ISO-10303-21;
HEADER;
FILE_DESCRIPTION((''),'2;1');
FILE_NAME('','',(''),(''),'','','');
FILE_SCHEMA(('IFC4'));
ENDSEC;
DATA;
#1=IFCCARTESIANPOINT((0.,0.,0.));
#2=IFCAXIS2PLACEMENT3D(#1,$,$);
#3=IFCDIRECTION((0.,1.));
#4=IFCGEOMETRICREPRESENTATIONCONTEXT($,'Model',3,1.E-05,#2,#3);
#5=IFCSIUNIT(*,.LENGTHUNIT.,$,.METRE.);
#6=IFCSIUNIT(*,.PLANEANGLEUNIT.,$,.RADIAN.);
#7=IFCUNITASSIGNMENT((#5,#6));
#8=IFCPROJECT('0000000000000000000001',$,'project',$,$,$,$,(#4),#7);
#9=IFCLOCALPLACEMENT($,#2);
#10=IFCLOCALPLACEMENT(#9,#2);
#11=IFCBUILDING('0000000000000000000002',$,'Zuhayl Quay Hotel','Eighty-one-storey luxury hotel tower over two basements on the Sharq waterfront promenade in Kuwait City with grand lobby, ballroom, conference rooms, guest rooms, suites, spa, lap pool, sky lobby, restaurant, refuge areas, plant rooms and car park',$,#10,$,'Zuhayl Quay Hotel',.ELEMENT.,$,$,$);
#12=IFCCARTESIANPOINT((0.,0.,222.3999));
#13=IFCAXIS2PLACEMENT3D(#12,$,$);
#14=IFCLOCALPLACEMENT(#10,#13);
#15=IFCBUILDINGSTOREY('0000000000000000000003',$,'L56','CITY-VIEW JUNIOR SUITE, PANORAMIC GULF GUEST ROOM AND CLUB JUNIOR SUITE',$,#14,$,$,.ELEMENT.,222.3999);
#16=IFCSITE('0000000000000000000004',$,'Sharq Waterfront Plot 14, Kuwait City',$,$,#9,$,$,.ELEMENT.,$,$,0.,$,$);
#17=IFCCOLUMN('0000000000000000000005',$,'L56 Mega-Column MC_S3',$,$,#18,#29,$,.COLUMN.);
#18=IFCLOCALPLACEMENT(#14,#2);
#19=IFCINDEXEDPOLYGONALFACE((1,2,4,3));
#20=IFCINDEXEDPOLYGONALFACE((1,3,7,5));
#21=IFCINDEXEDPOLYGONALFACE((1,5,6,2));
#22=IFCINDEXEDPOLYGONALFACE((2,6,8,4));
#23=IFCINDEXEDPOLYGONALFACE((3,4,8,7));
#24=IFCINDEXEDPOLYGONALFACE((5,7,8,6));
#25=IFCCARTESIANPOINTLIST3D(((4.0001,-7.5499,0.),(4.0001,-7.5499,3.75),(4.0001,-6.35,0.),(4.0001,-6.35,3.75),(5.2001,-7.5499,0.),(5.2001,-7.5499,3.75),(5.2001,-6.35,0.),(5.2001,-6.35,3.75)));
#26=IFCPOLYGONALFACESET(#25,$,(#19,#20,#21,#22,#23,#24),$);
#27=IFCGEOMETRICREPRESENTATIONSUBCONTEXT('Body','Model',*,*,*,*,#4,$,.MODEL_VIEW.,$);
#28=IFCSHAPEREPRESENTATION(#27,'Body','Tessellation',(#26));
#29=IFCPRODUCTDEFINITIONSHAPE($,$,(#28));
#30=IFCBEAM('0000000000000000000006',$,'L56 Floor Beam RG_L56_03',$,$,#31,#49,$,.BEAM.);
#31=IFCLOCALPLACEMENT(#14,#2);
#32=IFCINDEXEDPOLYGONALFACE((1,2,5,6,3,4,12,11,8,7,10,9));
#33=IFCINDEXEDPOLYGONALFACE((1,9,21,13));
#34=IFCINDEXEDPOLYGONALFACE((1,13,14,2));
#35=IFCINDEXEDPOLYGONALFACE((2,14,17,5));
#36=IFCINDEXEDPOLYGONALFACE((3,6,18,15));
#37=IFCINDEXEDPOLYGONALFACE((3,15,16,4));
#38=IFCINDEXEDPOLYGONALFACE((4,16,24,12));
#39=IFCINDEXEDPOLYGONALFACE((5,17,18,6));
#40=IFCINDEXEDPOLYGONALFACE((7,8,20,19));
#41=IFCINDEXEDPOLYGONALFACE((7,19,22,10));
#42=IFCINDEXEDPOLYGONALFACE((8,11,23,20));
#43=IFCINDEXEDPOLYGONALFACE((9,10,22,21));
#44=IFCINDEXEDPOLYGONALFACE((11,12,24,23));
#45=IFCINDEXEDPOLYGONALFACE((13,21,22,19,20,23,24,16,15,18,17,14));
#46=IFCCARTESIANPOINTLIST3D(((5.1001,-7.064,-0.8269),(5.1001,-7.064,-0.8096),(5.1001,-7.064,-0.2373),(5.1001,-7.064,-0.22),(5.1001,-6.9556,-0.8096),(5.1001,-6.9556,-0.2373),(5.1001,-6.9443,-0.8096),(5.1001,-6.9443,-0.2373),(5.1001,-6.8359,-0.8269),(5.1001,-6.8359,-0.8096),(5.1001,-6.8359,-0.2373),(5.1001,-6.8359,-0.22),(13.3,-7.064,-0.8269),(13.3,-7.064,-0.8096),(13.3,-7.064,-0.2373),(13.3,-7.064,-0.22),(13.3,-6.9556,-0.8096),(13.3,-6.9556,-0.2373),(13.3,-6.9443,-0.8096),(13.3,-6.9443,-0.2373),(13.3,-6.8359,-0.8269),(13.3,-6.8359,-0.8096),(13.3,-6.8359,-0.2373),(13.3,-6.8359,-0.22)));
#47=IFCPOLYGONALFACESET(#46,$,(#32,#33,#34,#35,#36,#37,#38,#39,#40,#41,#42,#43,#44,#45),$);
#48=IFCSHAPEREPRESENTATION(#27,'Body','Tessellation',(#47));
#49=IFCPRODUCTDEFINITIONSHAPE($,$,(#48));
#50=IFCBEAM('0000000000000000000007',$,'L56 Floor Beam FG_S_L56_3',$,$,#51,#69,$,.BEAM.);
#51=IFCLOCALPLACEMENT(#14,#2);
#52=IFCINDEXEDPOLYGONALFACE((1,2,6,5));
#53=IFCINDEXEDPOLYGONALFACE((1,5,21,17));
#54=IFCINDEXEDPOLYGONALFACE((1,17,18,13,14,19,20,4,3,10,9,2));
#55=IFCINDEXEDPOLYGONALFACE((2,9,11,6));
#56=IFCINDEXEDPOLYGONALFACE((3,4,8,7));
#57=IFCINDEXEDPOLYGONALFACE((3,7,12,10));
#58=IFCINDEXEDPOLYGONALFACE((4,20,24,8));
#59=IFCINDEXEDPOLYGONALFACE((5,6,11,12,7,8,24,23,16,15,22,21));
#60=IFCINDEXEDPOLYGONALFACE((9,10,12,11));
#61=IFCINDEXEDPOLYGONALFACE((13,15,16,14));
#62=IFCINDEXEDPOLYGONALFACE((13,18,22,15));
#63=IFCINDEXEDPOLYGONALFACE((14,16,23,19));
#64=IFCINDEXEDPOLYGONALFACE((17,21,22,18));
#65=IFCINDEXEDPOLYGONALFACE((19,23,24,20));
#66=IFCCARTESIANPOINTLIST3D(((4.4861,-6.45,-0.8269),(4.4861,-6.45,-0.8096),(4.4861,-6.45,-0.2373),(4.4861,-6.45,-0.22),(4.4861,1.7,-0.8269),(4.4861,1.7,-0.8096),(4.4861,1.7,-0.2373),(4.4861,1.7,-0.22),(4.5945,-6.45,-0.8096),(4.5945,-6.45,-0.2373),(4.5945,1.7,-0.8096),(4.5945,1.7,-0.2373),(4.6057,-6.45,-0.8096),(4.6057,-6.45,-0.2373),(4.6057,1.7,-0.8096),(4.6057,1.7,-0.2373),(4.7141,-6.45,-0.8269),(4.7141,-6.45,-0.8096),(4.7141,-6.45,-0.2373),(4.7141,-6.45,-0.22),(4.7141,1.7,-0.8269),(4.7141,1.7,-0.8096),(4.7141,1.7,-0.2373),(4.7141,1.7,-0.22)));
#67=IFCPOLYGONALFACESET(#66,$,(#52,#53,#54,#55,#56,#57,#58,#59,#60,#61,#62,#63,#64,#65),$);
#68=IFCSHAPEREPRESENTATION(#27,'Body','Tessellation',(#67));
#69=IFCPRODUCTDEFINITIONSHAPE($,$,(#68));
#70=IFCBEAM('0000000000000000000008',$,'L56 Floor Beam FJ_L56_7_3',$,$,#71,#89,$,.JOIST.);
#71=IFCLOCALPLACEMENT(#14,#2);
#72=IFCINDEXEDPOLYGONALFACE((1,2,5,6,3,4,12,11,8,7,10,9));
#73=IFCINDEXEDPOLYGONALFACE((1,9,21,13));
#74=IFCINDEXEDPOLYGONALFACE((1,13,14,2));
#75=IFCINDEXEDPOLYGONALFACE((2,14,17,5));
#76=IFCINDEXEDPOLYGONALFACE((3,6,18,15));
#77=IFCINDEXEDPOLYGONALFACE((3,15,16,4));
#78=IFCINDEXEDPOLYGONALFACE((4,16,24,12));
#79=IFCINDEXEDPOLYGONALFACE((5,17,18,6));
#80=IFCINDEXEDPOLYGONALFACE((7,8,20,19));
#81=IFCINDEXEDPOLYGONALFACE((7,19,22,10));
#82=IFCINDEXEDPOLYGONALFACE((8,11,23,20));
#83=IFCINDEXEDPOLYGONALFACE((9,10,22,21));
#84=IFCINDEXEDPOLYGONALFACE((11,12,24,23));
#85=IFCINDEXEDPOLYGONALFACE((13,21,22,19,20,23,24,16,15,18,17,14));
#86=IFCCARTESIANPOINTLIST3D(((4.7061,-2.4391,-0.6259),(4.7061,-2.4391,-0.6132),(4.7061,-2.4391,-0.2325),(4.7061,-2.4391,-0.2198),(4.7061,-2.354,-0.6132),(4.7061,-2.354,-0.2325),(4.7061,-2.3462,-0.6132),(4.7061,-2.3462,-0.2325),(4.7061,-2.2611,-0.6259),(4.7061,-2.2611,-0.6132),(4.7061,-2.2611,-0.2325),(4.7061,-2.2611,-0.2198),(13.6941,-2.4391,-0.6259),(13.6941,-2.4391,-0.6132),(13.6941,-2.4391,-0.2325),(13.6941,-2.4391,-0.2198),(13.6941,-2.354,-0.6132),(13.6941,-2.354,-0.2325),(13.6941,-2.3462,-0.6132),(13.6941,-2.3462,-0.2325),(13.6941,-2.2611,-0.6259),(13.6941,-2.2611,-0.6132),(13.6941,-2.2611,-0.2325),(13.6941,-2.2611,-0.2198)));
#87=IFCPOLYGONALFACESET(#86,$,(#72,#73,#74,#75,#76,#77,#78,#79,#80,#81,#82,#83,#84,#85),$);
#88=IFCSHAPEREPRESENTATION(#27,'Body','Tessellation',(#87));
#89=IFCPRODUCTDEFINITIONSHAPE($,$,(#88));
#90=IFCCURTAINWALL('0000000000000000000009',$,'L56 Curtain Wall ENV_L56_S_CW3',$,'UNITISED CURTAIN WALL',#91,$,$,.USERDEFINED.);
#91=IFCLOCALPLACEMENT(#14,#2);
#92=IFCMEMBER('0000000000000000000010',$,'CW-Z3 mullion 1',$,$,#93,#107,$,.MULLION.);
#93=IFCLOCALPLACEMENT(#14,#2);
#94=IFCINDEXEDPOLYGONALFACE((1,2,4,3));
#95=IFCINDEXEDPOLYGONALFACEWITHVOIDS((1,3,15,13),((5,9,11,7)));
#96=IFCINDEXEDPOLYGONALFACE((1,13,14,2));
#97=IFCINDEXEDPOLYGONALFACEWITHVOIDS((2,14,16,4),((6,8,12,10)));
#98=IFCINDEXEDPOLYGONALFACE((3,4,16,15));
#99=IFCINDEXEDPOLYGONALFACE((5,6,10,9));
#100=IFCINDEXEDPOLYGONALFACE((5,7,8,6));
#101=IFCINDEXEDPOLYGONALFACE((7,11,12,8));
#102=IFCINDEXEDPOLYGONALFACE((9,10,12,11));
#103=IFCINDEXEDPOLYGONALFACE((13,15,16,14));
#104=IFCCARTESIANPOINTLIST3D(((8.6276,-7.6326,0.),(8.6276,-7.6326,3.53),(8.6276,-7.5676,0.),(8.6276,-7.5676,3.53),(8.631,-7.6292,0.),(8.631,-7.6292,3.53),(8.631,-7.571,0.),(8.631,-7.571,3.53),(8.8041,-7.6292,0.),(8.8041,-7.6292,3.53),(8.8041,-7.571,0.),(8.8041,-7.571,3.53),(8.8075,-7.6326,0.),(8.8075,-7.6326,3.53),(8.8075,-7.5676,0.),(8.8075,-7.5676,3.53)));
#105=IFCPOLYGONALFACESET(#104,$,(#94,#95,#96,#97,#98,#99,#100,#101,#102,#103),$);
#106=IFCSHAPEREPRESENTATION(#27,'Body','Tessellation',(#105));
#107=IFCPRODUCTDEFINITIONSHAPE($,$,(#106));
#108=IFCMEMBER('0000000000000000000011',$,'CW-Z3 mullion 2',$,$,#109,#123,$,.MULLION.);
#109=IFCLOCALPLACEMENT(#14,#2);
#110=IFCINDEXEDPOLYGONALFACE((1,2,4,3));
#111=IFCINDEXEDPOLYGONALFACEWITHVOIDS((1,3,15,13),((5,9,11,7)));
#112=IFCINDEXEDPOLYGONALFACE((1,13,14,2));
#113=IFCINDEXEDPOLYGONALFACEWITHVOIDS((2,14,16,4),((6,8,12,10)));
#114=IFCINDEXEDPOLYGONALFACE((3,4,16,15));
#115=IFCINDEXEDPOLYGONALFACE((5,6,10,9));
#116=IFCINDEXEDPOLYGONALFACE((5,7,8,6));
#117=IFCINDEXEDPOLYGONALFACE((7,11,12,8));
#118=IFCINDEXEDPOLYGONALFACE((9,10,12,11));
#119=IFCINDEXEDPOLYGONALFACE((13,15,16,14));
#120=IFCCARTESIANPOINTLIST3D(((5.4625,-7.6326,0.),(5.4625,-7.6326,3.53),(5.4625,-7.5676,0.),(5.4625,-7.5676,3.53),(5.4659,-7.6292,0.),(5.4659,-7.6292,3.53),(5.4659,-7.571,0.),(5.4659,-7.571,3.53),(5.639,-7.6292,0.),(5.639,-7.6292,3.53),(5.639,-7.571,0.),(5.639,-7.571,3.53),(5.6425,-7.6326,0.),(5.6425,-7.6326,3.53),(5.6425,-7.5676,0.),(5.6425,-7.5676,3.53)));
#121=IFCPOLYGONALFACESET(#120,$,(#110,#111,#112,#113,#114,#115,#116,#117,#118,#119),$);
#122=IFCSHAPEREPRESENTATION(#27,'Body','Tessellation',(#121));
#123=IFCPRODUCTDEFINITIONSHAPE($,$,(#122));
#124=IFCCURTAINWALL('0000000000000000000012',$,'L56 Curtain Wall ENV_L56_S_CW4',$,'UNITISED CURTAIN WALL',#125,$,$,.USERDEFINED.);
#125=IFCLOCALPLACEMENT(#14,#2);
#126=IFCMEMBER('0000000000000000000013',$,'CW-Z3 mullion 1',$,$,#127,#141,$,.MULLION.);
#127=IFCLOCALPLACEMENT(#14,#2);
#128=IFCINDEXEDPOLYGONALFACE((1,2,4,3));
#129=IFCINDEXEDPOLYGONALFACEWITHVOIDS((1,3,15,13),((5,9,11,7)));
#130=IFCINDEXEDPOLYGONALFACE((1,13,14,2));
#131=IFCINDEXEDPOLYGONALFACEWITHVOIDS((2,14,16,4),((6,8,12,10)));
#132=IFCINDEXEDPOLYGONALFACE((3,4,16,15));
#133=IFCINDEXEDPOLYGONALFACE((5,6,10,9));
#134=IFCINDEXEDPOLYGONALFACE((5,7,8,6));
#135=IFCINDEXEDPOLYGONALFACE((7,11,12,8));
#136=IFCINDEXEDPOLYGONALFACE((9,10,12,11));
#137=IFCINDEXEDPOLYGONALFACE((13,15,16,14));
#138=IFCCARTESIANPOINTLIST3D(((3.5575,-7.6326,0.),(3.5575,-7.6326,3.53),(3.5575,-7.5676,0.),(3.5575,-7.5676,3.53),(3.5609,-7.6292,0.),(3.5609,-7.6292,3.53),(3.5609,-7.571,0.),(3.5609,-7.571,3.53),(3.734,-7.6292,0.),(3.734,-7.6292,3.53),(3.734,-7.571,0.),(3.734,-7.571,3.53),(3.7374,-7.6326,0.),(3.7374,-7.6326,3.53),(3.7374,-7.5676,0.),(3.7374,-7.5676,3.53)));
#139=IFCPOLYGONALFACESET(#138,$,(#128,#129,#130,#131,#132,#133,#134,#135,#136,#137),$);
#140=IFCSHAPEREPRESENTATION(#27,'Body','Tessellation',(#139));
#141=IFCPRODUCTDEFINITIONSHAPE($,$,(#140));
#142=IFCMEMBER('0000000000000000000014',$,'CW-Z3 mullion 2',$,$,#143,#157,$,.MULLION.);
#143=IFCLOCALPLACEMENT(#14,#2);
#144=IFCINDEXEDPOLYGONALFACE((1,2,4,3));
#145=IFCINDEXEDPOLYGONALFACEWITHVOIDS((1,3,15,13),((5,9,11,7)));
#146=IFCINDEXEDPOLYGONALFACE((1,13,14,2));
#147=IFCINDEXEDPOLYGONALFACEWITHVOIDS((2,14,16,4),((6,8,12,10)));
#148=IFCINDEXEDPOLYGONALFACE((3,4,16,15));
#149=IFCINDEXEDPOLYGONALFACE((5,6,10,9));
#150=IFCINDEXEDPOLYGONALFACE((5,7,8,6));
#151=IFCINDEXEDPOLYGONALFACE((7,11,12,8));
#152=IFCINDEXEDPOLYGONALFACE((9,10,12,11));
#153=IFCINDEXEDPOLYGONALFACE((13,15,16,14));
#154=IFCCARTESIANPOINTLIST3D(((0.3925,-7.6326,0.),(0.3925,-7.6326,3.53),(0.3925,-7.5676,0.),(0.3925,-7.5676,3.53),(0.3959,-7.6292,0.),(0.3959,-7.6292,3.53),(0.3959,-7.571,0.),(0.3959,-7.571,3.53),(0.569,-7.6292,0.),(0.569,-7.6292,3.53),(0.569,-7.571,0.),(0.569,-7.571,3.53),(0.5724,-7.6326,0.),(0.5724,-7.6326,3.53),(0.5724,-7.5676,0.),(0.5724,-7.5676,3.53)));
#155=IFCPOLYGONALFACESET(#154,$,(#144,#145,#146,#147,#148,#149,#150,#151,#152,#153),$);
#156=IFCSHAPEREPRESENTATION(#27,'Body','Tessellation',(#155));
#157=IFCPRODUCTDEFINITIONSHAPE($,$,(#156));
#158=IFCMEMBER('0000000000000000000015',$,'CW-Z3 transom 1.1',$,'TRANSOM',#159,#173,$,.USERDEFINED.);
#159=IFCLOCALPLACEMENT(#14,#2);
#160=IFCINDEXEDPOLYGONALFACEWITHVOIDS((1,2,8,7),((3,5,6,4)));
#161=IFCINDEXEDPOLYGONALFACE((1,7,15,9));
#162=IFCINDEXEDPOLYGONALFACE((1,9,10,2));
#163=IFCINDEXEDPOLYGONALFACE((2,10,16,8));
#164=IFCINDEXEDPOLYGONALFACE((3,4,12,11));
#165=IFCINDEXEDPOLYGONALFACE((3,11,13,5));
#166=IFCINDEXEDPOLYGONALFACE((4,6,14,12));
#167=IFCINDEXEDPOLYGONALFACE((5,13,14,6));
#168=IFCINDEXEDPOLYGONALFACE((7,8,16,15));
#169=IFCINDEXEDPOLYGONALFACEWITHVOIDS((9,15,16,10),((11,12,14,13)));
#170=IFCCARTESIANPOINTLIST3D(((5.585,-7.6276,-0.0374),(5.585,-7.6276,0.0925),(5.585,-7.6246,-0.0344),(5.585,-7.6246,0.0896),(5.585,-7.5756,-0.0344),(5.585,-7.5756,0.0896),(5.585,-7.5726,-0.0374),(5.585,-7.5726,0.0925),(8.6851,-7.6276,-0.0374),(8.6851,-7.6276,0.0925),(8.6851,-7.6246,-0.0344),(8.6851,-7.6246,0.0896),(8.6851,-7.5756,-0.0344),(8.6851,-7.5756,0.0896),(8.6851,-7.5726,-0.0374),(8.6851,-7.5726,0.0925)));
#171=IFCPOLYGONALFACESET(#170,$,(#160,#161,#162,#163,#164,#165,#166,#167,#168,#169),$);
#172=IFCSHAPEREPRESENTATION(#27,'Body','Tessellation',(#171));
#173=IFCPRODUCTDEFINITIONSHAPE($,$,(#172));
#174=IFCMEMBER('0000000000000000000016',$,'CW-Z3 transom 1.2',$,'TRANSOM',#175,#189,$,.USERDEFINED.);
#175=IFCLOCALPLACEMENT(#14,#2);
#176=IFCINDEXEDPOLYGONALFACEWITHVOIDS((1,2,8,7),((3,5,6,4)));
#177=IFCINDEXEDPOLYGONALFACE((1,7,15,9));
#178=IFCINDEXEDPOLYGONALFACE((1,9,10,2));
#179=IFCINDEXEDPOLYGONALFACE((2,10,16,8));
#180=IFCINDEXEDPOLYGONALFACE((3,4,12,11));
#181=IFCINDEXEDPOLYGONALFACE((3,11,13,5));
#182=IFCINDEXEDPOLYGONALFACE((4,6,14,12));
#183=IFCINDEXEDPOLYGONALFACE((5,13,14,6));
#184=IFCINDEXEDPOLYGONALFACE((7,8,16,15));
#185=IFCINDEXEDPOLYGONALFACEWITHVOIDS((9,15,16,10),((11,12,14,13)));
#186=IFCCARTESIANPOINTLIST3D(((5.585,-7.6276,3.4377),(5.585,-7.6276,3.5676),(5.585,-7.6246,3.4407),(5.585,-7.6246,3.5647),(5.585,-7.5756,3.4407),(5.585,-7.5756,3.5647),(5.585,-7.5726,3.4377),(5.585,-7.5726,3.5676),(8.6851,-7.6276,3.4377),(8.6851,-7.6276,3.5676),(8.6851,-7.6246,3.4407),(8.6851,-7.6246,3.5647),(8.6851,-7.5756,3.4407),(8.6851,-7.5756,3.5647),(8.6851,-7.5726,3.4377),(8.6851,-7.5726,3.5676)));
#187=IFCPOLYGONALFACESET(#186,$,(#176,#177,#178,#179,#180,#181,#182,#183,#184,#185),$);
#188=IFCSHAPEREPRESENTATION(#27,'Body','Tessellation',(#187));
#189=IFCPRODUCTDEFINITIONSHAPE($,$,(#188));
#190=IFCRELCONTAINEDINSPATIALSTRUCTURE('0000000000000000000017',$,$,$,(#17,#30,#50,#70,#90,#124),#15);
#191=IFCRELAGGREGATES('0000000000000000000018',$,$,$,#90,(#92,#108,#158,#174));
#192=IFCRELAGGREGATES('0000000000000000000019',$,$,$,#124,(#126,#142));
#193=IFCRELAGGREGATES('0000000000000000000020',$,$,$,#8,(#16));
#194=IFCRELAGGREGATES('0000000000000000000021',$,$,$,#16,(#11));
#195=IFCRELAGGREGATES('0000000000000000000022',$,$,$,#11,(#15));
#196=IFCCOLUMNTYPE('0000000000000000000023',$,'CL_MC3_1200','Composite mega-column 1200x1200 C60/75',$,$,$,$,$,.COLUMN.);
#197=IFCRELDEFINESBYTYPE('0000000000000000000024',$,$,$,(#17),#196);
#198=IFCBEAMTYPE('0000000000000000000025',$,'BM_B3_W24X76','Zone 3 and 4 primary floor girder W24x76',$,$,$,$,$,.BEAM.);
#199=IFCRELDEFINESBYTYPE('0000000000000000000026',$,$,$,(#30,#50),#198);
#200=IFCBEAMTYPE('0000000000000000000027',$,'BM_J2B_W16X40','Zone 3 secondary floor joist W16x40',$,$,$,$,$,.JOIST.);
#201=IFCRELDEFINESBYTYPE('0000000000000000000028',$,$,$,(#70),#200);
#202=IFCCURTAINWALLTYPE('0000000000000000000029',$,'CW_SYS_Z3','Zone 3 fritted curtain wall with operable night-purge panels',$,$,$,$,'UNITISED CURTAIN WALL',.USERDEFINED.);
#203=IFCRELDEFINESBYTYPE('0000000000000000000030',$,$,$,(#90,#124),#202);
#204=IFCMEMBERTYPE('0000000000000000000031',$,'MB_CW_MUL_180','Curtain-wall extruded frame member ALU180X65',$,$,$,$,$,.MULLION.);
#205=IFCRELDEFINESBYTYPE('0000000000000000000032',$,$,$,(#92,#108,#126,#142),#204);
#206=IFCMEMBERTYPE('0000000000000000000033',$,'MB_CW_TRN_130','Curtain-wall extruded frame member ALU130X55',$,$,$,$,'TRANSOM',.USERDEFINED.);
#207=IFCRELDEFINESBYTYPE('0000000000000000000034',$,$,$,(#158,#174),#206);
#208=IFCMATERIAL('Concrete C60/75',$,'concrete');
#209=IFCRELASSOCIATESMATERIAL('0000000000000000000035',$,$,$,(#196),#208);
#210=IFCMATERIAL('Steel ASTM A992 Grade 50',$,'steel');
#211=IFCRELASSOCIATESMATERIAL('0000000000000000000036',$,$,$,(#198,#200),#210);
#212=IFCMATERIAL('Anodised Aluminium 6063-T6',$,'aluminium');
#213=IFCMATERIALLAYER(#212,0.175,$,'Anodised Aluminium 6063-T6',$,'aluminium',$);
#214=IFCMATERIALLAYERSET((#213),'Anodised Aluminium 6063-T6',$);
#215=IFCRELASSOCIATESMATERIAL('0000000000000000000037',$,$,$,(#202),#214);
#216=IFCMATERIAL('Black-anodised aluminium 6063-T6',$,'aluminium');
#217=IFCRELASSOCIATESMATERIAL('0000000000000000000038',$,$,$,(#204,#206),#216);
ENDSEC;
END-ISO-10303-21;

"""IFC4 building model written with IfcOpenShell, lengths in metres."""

from ifc_helpers import new_model, si_unit, direction, frame, origin, origin_2d, place, context, subcontext, project, spatial, rectangle, hollow_rectangle, i_section, extrude, material, layer, layer_set, material_profile, profile_set, type_object, element, aggregate, save


model = new_model("IFC4")

# Units and contexts
model_context = context("Model", 3, precision=1e-05, world=origin(), true_north=direction((0.0, 1.0)))
body_context = subcontext(model_context, "Body", "Model", "MODEL_VIEW")
ifc_project = project(units=[si_unit("LENGTHUNIT", "METRE"), si_unit("PLANEANGLEUNIT", "RADIAN")], contexts=[model_context])

# Site, building, storey
site_placement = place(None, origin())
site = spatial("IfcSite", under=ifc_project, at=site_placement, Name="Sharq Waterfront Plot 14, Kuwait City", CompositionType="ELEMENT", RefElevation=0.0)
building_placement = place(site_placement, origin())
building = spatial("IfcBuilding", under=site, at=building_placement, Name="Zuhayl Quay Hotel", Description="Eighty-one-storey luxury hotel tower over two basements on the Sharq waterfront promenade in Kuwait City with grand lobby, ballroom, conference rooms, guest rooms, suites, spa, lap pool, sky lobby, restaurant, refuge areas, plant rooms and car park", LongName="Zuhayl Quay Hotel", CompositionType="ELEMENT")
storey_placement = place(building_placement, frame((0.0, 0.0, 222.3999)))
storey = spatial("IfcBuildingStorey", under=building, at=storey_placement, Name="L56", Description="CITY-VIEW JUNIOR SUITE, PANORAMIC GULF GUEST ROOM AND CLUB JUNIOR SUITE", CompositionType="ELEMENT", Elevation=222.3999)

# Column
ifc_material_1 = material(Name="Concrete C60/75", Category="concrete")
ifc_material_profile_1 = material_profile(ifc_material_1, rectangle(XDim=1.2, YDim=1.2, at=origin_2d()), Name="RC1200X1200")
ifc_profile_set_1 = profile_set([ifc_material_profile_1], Name="Concrete C60/75")
column_type = type_object("IfcColumnType", Name="CL_MC3_1200", Description="Composite mega-column 1200x1200 C60/75", PredefinedType="COLUMN", material=ifc_profile_set_1)
column_placement = place(storey_placement, frame((4.6001, -6.95, 0.0), z_axis=(0.0, 0.0, 1.0), x_axis=(1.0, 0.0, 0.0)))
element("IfcColumn", 1, at=column_placement, inside=storey, type_object=column_type, Name="L56 Mega-Column MC_S3", PredefinedType="COLUMN", context=body_context, shape_type="SweptSolid", body=[
    extrude(rectangle(XDim=1.2, YDim=1.2, at=origin_2d()), origin(), (0.0, 0.0, 1.0), 3.75),
])

# Beams
ifc_material_2 = material(Name="Steel ASTM A992 Grade 50", Category="steel")
ifc_material_profile_2 = material_profile(ifc_material_2, i_section(OverallWidth=0.228, OverallDepth=0.6069, WebThickness=0.0112, FlangeThickness=0.0173, at=origin_2d()), Name="W24X76")
ifc_profile_set_2 = profile_set([ifc_material_profile_2], Name="Steel ASTM A992 Grade 50")
beam_type_1 = type_object("IfcBeamType", Name="BM_B3_W24X76", Description="Zone 3 and 4 primary floor girder W24x76", PredefinedType="BEAM", material=ifc_profile_set_2)
beam_1_placement = place(storey_placement, frame((5.1001, -6.95, -0.5234), z_axis=(1.0, 0.0, 0.0), x_axis=(0.0, 1.0, 0.0)))
element("IfcBeam", 2, at=beam_1_placement, inside=storey, type_object=beam_type_1, Name="L56 Floor Beam RG_L56_03", PredefinedType="BEAM", context=body_context, shape_type="SweptSolid", body=[
    extrude(i_section(OverallWidth=0.228, OverallDepth=0.6069, WebThickness=0.0112, FlangeThickness=0.0173, at=origin_2d()), origin(), (0.0, 0.0, 1.0), 8.2),
])
beam_2_placement = place(storey_placement, frame((4.6001, -6.45, -0.5234), z_axis=(0.0, 1.0, 0.0), x_axis=(-1.0, 0.0, 0.0)))
element("IfcBeam", 3, at=beam_2_placement, inside=storey, type_object=beam_type_1, Name="L56 Floor Beam FG_S_L56_3", PredefinedType="BEAM", context=body_context, shape_type="SweptSolid", body=[
    extrude(i_section(OverallWidth=0.228, OverallDepth=0.6069, WebThickness=0.0112, FlangeThickness=0.0173, at=origin_2d()), origin(), (0.0, 0.0, 1.0), 8.1499),
])
ifc_material_profile_3 = material_profile(ifc_material_2, i_section(OverallWidth=0.178, OverallDepth=0.406, WebThickness=0.0078, FlangeThickness=0.0127, at=origin_2d()), Name="W16X40")
ifc_profile_set_3 = profile_set([ifc_material_profile_3], Name="Steel ASTM A992 Grade 50")
beam_type_2 = type_object("IfcBeamType", Name="BM_J2B_W16X40", Description="Zone 3 secondary floor joist W16x40", PredefinedType="JOIST", material=ifc_profile_set_3)
beam_3_placement = place(storey_placement, frame((4.7061, -2.3501, -0.4229), z_axis=(1.0, 0.0, 0.0), x_axis=(0.0, 1.0, 0.0)))
element("IfcBeam", 4, at=beam_3_placement, inside=storey, type_object=beam_type_2, Name="L56 Floor Beam FJ_L56_7_3", PredefinedType="JOIST", context=body_context, shape_type="SweptSolid", body=[
    extrude(i_section(OverallWidth=0.178, OverallDepth=0.406, WebThickness=0.0078, FlangeThickness=0.0127, at=origin_2d()), origin(), (0.0, 0.0, 1.0), 8.988),
])

# Curtain walls, members
ifc_material_3 = material(Name="Anodised Aluminium 6063-T6", Category="aluminium")
ifc_layer_1 = layer(ifc_material_3, 0.175, Name="Anodised Aluminium 6063-T6", Category="aluminium")
ifc_layer_set_1 = layer_set([ifc_layer_1], Name="Anodised Aluminium 6063-T6")
curtain_wall_type = type_object("IfcCurtainWallType", Name="CW_SYS_Z3", Description="Zone 3 fritted curtain wall with operable night-purge panels", ElementType="UNITISED CURTAIN WALL", PredefinedType="USERDEFINED", material=ifc_layer_set_1)
curtain_wall_1_placement = place(storey_placement, origin())
curtain_wall_1 = element("IfcCurtainWall", 5, at=curtain_wall_1_placement, inside=storey, type_object=curtain_wall_type, Name="L56 Curtain Wall ENV_L56_S_CW3", ObjectType="UNITISED CURTAIN WALL", PredefinedType="USERDEFINED")
ifc_material_4 = material(Name="Black-anodised aluminium 6063-T6", Category="aluminium")
ifc_material_profile_4 = material_profile(ifc_material_4, hollow_rectangle(XDim=0.0649, YDim=0.1799, WallThickness=0.0034, at=origin_2d()), Name="ALU180X65")
ifc_profile_set_4 = profile_set([ifc_material_profile_4], Name="Black-anodised aluminium 6063-T6")
member_type_1 = type_object("IfcMemberType", Name="MB_CW_MUL_180", Description="Curtain-wall extruded frame member ALU180X65", PredefinedType="MULLION", material=ifc_profile_set_4)
member_1_placement = place(storey_placement, frame((8.7175, -7.6001, 0.0), z_axis=(0.0, 0.0, 1.0), x_axis=(0.0, -1.0, 0.0)))
member_1 = element("IfcMember", 6, at=member_1_placement, type_object=member_type_1, Name="CW-Z3 mullion 1", PredefinedType="MULLION", context=body_context, shape_type="SweptSolid", body=[
    extrude(hollow_rectangle(XDim=0.0649, YDim=0.1799, WallThickness=0.0034, at=origin_2d()), origin(), (0.0, 0.0, 1.0), 3.53),
])
member_2_placement = place(storey_placement, frame((5.5525, -7.6001, 0.0), z_axis=(0.0, 0.0, 1.0), x_axis=(0.0, -1.0, 0.0)))
member_2 = element("IfcMember", 7, at=member_2_placement, type_object=member_type_1, Name="CW-Z3 mullion 2", PredefinedType="MULLION", context=body_context, shape_type="SweptSolid", body=[
    extrude(hollow_rectangle(XDim=0.0649, YDim=0.1799, WallThickness=0.0034, at=origin_2d()), origin(), (0.0, 0.0, 1.0), 3.53),
])
curtain_wall_2_placement = place(storey_placement, origin())
curtain_wall_2 = element("IfcCurtainWall", 8, at=curtain_wall_2_placement, inside=storey, type_object=curtain_wall_type, Name="L56 Curtain Wall ENV_L56_S_CW4", ObjectType="UNITISED CURTAIN WALL", PredefinedType="USERDEFINED")
member_3_placement = place(storey_placement, frame((3.6475, -7.6001, 0.0), z_axis=(0.0, 0.0, 1.0), x_axis=(0.0, -1.0, 0.0)))
member_3 = element("IfcMember", 9, at=member_3_placement, type_object=member_type_1, Name="CW-Z3 mullion 1", PredefinedType="MULLION", context=body_context, shape_type="SweptSolid", body=[
    extrude(hollow_rectangle(XDim=0.0649, YDim=0.1799, WallThickness=0.0034, at=origin_2d()), origin(), (0.0, 0.0, 1.0), 3.53),
])
member_4_placement = place(storey_placement, frame((0.4824, -7.6001, 0.0), z_axis=(0.0, 0.0, 1.0), x_axis=(0.0, -1.0, 0.0)))
member_4 = element("IfcMember", 10, at=member_4_placement, type_object=member_type_1, Name="CW-Z3 mullion 2", PredefinedType="MULLION", context=body_context, shape_type="SweptSolid", body=[
    extrude(hollow_rectangle(XDim=0.0649, YDim=0.1799, WallThickness=0.0034, at=origin_2d()), origin(), (0.0, 0.0, 1.0), 3.53),
])

# Members
ifc_material_profile_5 = material_profile(ifc_material_4, hollow_rectangle(XDim=0.0549, YDim=0.1299, WallThickness=0.0029, at=origin_2d()), Name="ALU130X55")
ifc_profile_set_5 = profile_set([ifc_material_profile_5], Name="Black-anodised aluminium 6063-T6")
member_type_2 = type_object("IfcMemberType", Name="MB_CW_TRN_130", Description="Curtain-wall extruded frame member ALU130X55", ElementType="TRANSOM", PredefinedType="USERDEFINED", material=ifc_profile_set_5)
member_5_placement = place(storey_placement, frame((8.6851, -7.6001, 0.0276), z_axis=(-1.0, 0.0, 0.0), x_axis=(0.0, -1.0, 0.0)))
member_5 = element("IfcMember", 11, at=member_5_placement, type_object=member_type_2, Name="CW-Z3 transom 1.1", ObjectType="TRANSOM", PredefinedType="USERDEFINED", context=body_context, shape_type="SweptSolid", body=[
    extrude(hollow_rectangle(XDim=0.0549, YDim=0.1299, WallThickness=0.0029, at=origin_2d()), origin(), (0.0, 0.0, 1.0), 3.1001),
])
member_6_placement = place(storey_placement, frame((8.6851, -7.6001, 3.5027), z_axis=(-1.0, 0.0, 0.0), x_axis=(0.0, -1.0, 0.0)))
member_6 = element("IfcMember", 12, at=member_6_placement, type_object=member_type_2, Name="CW-Z3 transom 1.2", ObjectType="TRANSOM", PredefinedType="USERDEFINED", context=body_context, shape_type="SweptSolid", body=[
    extrude(hollow_rectangle(XDim=0.0549, YDim=0.1299, WallThickness=0.0029, at=origin_2d()), origin(), (0.0, 0.0, 1.0), 3.1001),
])

aggregate(curtain_wall_1, [member_1, member_2, member_5, member_6])
aggregate(curtain_wall_2, [member_3, member_4])

save(model, "model.ifc")
